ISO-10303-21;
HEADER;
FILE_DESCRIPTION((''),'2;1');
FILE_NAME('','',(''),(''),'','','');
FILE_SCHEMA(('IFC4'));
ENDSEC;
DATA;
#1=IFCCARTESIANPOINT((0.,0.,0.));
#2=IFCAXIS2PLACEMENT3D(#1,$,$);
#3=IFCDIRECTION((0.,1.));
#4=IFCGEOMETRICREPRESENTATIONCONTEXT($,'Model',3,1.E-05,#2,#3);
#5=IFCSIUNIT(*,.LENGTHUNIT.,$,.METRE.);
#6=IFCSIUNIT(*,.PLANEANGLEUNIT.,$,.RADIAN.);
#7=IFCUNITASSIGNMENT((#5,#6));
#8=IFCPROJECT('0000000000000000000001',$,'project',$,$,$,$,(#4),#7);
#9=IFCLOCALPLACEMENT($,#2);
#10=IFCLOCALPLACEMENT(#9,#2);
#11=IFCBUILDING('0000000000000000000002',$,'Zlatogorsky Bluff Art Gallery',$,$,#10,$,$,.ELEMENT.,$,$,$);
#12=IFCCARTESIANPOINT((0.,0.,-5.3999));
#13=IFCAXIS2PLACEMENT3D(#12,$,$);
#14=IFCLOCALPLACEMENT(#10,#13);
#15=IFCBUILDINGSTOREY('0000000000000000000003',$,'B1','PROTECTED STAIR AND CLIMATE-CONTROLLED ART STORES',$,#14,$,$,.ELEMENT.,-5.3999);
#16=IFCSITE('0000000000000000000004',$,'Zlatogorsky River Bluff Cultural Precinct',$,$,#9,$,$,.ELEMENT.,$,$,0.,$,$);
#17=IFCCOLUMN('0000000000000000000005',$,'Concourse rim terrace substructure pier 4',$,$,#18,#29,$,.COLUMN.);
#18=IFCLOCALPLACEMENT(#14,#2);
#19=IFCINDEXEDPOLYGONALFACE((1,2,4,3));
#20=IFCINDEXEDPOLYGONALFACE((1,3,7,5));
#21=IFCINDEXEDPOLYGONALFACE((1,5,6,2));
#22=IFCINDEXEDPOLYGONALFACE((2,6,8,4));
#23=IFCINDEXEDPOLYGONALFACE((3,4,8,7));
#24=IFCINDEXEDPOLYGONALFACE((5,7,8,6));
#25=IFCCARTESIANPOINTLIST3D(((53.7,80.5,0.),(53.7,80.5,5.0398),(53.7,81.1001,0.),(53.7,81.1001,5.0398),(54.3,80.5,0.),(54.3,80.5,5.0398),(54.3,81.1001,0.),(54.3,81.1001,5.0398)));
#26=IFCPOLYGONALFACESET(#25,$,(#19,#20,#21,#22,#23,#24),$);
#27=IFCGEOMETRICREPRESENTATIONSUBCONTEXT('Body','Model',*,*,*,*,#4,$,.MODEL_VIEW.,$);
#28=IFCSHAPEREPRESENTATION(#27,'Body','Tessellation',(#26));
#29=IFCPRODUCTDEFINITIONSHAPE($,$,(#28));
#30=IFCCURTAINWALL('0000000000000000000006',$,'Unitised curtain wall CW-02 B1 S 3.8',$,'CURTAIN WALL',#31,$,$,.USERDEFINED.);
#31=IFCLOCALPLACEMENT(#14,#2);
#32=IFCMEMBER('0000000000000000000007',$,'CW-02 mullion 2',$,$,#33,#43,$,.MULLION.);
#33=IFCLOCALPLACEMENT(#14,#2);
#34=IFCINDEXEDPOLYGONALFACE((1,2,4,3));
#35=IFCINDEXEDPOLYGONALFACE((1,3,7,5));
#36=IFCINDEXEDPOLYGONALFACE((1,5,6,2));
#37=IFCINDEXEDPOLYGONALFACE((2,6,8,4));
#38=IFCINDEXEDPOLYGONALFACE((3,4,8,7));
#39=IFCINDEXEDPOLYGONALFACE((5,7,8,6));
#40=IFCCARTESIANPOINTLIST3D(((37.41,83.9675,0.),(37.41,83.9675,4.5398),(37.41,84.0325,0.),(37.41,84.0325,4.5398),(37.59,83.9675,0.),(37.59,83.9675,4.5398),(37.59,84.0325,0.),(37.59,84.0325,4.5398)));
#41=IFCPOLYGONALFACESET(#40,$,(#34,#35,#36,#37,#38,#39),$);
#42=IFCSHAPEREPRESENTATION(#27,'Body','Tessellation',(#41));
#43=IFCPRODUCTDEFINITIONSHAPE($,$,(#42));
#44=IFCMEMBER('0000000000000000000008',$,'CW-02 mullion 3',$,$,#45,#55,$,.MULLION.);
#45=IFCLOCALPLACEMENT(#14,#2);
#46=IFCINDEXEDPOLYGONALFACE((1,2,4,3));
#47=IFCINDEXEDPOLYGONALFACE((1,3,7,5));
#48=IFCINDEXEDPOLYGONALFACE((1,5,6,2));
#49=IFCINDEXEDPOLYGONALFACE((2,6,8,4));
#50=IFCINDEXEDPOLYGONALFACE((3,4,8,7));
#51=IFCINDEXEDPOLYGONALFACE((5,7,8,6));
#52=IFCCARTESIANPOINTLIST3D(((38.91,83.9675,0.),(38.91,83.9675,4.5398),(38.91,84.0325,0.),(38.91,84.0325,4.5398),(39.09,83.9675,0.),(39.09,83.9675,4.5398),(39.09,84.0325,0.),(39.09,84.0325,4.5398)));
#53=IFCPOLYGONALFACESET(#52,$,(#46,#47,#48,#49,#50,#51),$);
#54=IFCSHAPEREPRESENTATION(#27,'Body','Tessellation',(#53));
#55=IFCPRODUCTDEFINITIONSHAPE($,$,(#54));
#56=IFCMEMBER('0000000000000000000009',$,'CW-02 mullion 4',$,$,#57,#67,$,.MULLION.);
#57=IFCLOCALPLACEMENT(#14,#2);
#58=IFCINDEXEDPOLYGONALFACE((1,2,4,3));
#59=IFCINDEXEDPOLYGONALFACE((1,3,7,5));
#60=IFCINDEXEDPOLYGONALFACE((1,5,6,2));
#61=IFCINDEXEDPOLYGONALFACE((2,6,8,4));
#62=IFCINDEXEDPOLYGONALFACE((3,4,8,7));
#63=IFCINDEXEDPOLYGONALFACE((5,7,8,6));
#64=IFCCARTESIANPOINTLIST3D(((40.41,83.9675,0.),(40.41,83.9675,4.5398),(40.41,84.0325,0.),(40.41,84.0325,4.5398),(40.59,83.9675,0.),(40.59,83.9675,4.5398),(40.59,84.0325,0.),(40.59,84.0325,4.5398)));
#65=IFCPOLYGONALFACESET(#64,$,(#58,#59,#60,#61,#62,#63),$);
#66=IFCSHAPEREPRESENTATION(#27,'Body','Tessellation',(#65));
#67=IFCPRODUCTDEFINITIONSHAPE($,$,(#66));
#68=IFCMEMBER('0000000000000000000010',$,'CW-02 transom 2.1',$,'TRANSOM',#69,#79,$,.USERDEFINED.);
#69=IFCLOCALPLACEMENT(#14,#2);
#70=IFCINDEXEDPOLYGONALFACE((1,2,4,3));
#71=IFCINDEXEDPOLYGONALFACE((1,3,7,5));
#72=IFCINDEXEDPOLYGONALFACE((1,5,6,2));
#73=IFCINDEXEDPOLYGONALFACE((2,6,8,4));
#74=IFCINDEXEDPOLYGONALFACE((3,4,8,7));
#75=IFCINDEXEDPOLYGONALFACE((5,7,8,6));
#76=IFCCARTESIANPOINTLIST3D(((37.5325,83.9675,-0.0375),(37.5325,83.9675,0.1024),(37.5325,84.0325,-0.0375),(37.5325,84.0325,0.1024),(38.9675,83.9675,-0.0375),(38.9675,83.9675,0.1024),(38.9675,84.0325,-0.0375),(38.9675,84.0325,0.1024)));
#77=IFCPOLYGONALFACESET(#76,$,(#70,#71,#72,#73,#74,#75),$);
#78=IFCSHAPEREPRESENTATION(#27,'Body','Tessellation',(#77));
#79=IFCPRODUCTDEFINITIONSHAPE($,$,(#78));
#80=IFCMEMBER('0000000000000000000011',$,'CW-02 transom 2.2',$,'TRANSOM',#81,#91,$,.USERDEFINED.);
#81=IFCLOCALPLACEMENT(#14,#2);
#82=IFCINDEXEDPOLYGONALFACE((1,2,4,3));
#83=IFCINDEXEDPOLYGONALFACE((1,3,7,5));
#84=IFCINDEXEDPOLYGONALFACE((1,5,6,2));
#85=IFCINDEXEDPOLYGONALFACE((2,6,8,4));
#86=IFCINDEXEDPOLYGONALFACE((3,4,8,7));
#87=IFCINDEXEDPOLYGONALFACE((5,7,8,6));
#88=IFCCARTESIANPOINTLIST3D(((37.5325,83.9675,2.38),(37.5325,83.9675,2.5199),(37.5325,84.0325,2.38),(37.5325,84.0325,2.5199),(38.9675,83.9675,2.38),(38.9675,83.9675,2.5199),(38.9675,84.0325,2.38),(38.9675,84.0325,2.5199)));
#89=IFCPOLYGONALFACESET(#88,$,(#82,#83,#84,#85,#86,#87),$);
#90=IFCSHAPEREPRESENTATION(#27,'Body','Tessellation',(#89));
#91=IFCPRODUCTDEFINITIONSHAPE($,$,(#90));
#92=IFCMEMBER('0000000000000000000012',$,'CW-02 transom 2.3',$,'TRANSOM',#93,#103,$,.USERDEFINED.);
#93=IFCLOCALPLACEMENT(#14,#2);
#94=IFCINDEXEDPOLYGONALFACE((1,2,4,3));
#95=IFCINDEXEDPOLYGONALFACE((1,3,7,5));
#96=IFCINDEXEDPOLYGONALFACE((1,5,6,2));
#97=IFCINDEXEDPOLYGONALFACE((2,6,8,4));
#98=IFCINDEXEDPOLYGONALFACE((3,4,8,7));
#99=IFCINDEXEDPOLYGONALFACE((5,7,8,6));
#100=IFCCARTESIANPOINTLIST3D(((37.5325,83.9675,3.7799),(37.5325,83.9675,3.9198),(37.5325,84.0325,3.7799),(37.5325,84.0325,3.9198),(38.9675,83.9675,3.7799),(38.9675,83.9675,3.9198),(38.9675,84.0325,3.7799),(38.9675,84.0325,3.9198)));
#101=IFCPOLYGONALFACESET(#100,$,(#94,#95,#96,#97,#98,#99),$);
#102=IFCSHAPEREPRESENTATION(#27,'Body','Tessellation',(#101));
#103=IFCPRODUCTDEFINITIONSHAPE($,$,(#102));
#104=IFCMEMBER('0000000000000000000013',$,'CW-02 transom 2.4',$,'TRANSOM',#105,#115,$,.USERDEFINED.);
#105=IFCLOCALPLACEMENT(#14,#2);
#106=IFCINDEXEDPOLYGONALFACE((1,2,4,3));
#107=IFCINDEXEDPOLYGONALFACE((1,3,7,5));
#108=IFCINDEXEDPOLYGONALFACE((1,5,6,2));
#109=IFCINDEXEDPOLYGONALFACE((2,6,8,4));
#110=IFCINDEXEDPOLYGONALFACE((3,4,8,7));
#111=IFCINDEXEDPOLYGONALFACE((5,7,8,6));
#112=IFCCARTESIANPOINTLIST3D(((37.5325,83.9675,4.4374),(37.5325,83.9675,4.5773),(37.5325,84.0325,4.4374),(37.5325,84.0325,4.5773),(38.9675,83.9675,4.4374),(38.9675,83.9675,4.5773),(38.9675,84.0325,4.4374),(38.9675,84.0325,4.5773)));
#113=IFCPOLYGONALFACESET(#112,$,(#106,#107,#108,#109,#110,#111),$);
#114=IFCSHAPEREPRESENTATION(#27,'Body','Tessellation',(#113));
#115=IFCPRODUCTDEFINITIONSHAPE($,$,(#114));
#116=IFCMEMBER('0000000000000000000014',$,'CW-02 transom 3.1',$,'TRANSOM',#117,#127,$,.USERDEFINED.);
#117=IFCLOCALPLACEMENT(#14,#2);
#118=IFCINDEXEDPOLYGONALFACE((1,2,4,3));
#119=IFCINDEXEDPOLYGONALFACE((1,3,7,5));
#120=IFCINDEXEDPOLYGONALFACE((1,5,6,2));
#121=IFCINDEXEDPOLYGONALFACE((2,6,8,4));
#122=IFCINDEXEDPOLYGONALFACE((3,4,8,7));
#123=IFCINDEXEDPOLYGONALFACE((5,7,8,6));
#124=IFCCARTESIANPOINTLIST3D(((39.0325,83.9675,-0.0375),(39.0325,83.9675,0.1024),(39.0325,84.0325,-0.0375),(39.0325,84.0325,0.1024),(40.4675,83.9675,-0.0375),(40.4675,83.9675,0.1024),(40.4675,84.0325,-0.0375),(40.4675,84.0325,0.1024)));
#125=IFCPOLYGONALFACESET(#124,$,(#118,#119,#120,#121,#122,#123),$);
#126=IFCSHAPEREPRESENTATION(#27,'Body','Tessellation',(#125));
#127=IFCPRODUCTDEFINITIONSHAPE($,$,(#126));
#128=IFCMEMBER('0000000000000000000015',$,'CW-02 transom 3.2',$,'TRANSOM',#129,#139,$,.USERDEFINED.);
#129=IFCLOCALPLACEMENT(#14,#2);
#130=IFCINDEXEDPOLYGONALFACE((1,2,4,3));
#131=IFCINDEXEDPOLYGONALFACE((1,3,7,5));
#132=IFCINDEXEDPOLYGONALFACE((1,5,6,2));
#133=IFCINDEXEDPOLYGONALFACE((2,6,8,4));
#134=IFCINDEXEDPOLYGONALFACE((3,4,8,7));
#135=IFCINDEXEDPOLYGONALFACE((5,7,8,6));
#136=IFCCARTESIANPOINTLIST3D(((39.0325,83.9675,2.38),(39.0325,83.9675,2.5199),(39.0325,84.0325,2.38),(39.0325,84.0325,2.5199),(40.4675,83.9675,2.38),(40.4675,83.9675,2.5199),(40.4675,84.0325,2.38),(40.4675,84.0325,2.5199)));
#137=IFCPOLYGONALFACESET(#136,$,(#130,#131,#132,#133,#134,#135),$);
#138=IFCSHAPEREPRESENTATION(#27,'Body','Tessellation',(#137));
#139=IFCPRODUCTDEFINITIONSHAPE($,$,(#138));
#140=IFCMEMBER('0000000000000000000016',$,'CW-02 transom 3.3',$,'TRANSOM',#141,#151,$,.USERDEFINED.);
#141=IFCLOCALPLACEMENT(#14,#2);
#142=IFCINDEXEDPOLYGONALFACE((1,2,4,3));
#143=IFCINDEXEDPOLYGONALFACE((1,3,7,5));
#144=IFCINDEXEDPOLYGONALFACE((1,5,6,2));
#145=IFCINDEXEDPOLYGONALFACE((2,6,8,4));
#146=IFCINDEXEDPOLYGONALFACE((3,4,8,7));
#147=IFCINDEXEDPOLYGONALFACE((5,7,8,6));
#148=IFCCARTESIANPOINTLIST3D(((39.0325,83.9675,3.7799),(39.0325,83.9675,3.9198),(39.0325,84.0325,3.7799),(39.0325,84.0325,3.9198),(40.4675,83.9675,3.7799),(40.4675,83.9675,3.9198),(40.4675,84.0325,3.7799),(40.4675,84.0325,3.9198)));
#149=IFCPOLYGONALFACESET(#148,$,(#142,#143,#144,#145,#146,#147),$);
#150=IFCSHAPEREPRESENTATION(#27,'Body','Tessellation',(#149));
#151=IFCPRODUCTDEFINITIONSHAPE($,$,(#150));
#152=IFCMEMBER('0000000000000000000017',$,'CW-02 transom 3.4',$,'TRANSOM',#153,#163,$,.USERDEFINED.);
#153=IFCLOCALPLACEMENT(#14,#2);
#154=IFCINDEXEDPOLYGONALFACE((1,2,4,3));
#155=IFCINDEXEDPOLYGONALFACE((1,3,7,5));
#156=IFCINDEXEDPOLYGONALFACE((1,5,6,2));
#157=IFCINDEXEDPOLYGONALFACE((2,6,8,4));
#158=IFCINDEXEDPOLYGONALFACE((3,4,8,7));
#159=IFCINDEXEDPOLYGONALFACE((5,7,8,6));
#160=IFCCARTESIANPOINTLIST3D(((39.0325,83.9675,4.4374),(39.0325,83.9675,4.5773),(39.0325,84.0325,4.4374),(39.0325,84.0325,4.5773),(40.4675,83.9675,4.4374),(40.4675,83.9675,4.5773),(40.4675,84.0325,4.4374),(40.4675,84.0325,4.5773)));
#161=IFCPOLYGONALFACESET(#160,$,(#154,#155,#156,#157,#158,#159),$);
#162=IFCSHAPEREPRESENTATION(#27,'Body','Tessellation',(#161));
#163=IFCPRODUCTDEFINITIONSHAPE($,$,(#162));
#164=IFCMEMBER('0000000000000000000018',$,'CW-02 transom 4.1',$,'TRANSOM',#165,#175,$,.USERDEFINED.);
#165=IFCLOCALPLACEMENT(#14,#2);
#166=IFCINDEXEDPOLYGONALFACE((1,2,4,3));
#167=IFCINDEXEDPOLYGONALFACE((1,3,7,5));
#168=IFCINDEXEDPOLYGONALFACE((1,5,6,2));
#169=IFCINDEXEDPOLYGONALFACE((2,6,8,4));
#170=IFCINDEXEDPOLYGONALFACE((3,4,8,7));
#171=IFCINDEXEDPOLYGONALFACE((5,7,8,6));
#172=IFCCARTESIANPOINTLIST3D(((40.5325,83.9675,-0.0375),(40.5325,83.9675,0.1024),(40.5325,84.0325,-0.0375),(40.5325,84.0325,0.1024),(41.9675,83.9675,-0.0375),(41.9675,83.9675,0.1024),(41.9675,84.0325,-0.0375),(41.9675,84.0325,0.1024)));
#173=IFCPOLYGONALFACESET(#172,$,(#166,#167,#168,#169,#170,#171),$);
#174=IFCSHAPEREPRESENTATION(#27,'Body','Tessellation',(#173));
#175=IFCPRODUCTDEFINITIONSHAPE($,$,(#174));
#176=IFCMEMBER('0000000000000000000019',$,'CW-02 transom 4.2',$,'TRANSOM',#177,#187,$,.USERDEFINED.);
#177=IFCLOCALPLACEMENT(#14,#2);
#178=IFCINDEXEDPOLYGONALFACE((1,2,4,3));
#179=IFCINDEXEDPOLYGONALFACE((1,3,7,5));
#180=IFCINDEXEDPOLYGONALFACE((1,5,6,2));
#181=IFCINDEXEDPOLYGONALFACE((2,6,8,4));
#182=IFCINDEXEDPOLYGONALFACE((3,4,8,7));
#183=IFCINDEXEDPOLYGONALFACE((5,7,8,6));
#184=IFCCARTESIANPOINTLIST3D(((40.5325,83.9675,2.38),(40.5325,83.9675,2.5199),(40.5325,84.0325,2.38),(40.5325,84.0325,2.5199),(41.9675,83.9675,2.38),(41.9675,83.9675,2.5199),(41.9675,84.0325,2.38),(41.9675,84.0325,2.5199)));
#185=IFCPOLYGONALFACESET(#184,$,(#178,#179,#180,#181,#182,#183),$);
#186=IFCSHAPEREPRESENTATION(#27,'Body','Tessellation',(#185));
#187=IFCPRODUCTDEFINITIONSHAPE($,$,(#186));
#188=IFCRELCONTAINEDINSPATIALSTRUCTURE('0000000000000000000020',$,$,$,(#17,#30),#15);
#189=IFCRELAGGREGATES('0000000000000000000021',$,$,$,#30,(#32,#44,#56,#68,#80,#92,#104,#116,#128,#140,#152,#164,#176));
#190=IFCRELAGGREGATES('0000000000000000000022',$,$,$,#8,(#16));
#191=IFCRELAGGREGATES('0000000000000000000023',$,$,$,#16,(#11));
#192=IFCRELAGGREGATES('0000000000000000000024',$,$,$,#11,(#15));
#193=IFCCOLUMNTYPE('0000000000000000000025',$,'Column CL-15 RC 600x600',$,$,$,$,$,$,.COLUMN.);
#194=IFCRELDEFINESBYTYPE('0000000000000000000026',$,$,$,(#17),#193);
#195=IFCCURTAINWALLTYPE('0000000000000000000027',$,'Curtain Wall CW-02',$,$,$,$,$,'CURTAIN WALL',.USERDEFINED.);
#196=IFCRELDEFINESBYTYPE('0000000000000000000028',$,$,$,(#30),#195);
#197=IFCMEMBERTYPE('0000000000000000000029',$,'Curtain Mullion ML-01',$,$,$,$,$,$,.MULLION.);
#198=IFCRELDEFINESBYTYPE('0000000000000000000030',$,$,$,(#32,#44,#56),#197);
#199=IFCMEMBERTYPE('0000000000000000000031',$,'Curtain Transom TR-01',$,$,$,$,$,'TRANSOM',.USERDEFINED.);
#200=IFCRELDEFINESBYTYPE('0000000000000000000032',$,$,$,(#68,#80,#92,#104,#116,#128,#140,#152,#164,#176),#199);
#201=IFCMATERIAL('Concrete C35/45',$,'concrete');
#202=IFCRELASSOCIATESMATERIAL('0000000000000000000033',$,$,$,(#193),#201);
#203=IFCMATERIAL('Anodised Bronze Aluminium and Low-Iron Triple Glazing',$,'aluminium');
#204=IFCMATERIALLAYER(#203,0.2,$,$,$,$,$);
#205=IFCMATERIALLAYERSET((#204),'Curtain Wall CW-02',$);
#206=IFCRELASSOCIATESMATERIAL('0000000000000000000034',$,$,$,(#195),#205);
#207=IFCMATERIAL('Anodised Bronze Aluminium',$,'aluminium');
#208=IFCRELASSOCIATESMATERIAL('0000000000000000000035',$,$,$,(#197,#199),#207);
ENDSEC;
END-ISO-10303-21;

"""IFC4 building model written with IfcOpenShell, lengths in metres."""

from ifc_helpers import new_model, si_unit, direction, frame, origin, origin_2d, place, context, subcontext, project, spatial, rectangle, extrude, material, layer, layer_set, material_profile, profile_set, type_object, element, aggregate, save


model = new_model("IFC4")

# Units and contexts
model_context = context("Model", 3, precision=1e-05, world=origin(), true_north=direction((0.0, 1.0)))
body_context = subcontext(model_context, "Body", "Model", "MODEL_VIEW")
ifc_project = project(units=[si_unit("LENGTHUNIT", "METRE"), si_unit("PLANEANGLEUNIT", "RADIAN")], contexts=[model_context])

# Site, building, storey
site_placement = place(None, origin())
site = spatial("IfcSite", under=ifc_project, at=site_placement, Name="Zlatogorsky River Bluff Cultural Precinct", CompositionType="ELEMENT", RefElevation=0.0)
building_placement = place(site_placement, origin())
building = spatial("IfcBuilding", under=site, at=building_placement, Name="Zlatogorsky Bluff Art Gallery", CompositionType="ELEMENT")
storey_placement = place(building_placement, frame((0.0, 0.0, -5.3999)))
storey = spatial("IfcBuildingStorey", under=building, at=storey_placement, Name="B1", Description="PROTECTED STAIR AND CLIMATE-CONTROLLED ART STORES", CompositionType="ELEMENT", Elevation=-5.3999)

# Shared definitions
ifc_material_1 = material(Name="Concrete C35/45", Category="concrete")

# Column
ifc_material_profile_1 = material_profile(ifc_material_1, rectangle(XDim=0.6001, YDim=0.6001, at=origin_2d()), Name="RC 600x600")
ifc_profile_set_1 = profile_set([ifc_material_profile_1], Name="Concrete C35/45")
column_type = type_object("IfcColumnType", Name="Column CL-15 RC 600x600", PredefinedType="COLUMN", material=ifc_profile_set_1)
column_placement = place(storey_placement, frame((54.0, 80.8, 0.0), z_axis=(0.0, 0.0, 1.0), x_axis=(1.0, 0.0, 0.0)))
element("IfcColumn", 1, at=column_placement, inside=storey, type_object=column_type, Name="Concourse rim terrace substructure pier 4", PredefinedType="COLUMN", context=body_context, shape_type="SweptSolid", body=[
    extrude(rectangle(XDim=0.6001, YDim=0.6001, at=origin_2d()), origin(), (0.0, 0.0, 1.0), 5.0398),
])

# Curtain wall, members
ifc_material_2 = material(Name="Anodised Bronze Aluminium and Low-Iron Triple Glazing", Category="aluminium")
ifc_layer_1 = layer(ifc_material_2, 0.2)
ifc_layer_set_1 = layer_set([ifc_layer_1], Name="Curtain Wall CW-02")
curtain_wall_type = type_object("IfcCurtainWallType", Name="Curtain Wall CW-02", ElementType="CURTAIN WALL", PredefinedType="USERDEFINED", material=ifc_layer_set_1)
curtain_wall_placement = place(storey_placement, origin())
curtain_wall = element("IfcCurtainWall", 2, at=curtain_wall_placement, inside=storey, type_object=curtain_wall_type, Name="Unitised curtain wall CW-02 B1 S 3.8", ObjectType="CURTAIN WALL", PredefinedType="USERDEFINED")
ifc_material_3 = material(Name="Anodised Bronze Aluminium", Category="aluminium")
ifc_material_profile_2 = material_profile(ifc_material_3, rectangle(XDim=0.0649, YDim=0.1799, at=origin_2d()), Name="ALU MULLION 65x180")
ifc_profile_set_2 = profile_set([ifc_material_profile_2], Name="Anodised Bronze Aluminium")
member_type_1 = type_object("IfcMemberType", Name="Curtain Mullion ML-01", PredefinedType="MULLION", material=ifc_profile_set_2)
member_1_placement = place(storey_placement, frame((37.5, 84.0, 0.0), z_axis=(0.0, 0.0, 1.0), x_axis=(0.0, 1.0, 0.0)))
member_1 = element("IfcMember", 3, at=member_1_placement, type_object=member_type_1, Name="CW-02 mullion 2", PredefinedType="MULLION", context=body_context, shape_type="SweptSolid", body=[
    extrude(rectangle(XDim=0.0649, YDim=0.1799, at=origin_2d()), origin(), (0.0, 0.0, 1.0), 4.5398),
])
member_2_placement = place(storey_placement, frame((39.0, 84.0, 0.0), z_axis=(0.0, 0.0, 1.0), x_axis=(0.0, 1.0, 0.0)))
member_2 = element("IfcMember", 4, at=member_2_placement, type_object=member_type_1, Name="CW-02 mullion 3", PredefinedType="MULLION", context=body_context, shape_type="SweptSolid", body=[
    extrude(rectangle(XDim=0.0649, YDim=0.1799, at=origin_2d()), origin(), (0.0, 0.0, 1.0), 4.5398),
])
member_3_placement = place(storey_placement, frame((40.5, 84.0, 0.0), z_axis=(0.0, 0.0, 1.0), x_axis=(0.0, 1.0, 0.0)))
member_3 = element("IfcMember", 5, at=member_3_placement, type_object=member_type_1, Name="CW-02 mullion 4", PredefinedType="MULLION", context=body_context, shape_type="SweptSolid", body=[
    extrude(rectangle(XDim=0.0649, YDim=0.1799, at=origin_2d()), origin(), (0.0, 0.0, 1.0), 4.5398),
])
ifc_material_profile_3 = material_profile(ifc_material_3, rectangle(XDim=0.0649, YDim=0.1399, at=origin_2d()), Name="ALU TRANSOM 65x140")
ifc_profile_set_3 = profile_set([ifc_material_profile_3], Name="Anodised Bronze Aluminium")
member_type_2 = type_object("IfcMemberType", Name="Curtain Transom TR-01", ElementType="TRANSOM", PredefinedType="USERDEFINED", material=ifc_profile_set_3)
member_4_placement = place(storey_placement, frame((37.5325, 84.0, 0.0325), z_axis=(1.0, 0.0, 0.0), x_axis=(0.0, 1.0, 0.0)))
member_4 = element("IfcMember", 6, at=member_4_placement, type_object=member_type_2, Name="CW-02 transom 2.1", ObjectType="TRANSOM", PredefinedType="USERDEFINED", context=body_context, shape_type="SweptSolid", body=[
    extrude(rectangle(XDim=0.0649, YDim=0.1399, at=origin_2d()), origin(), (0.0, 0.0, 1.0), 1.4351),
])
member_5_placement = place(storey_placement, frame((37.5325, 84.0, 2.45), z_axis=(1.0, 0.0, 0.0), x_axis=(0.0, 1.0, 0.0)))
member_5 = element("IfcMember", 7, at=member_5_placement, type_object=member_type_2, Name="CW-02 transom 2.2", ObjectType="TRANSOM", PredefinedType="USERDEFINED", context=body_context, shape_type="SweptSolid", body=[
    extrude(rectangle(XDim=0.0649, YDim=0.1399, at=origin_2d()), origin(), (0.0, 0.0, 1.0), 1.4351),
])
member_6_placement = place(storey_placement, frame((37.5325, 84.0, 3.8499), z_axis=(1.0, 0.0, 0.0), x_axis=(0.0, 1.0, 0.0)))
member_6 = element("IfcMember", 8, at=member_6_placement, type_object=member_type_2, Name="CW-02 transom 2.3", ObjectType="TRANSOM", PredefinedType="USERDEFINED", context=body_context, shape_type="SweptSolid", body=[
    extrude(rectangle(XDim=0.0649, YDim=0.1399, at=origin_2d()), origin(), (0.0, 0.0, 1.0), 1.4351),
])
member_7_placement = place(storey_placement, frame((37.5325, 84.0, 4.5073), z_axis=(1.0, 0.0, 0.0), x_axis=(0.0, 1.0, 0.0)))
member_7 = element("IfcMember", 9, at=member_7_placement, type_object=member_type_2, Name="CW-02 transom 2.4", ObjectType="TRANSOM", PredefinedType="USERDEFINED", context=body_context, shape_type="SweptSolid", body=[
    extrude(rectangle(XDim=0.0649, YDim=0.1399, at=origin_2d()), origin(), (0.0, 0.0, 1.0), 1.4351),
])
member_8_placement = place(storey_placement, frame((39.0325, 84.0, 0.0325), z_axis=(1.0, 0.0, 0.0), x_axis=(0.0, 1.0, 0.0)))
member_8 = element("IfcMember", 10, at=member_8_placement, type_object=member_type_2, Name="CW-02 transom 3.1", ObjectType="TRANSOM", PredefinedType="USERDEFINED", context=body_context, shape_type="SweptSolid", body=[
    extrude(rectangle(XDim=0.0649, YDim=0.1399, at=origin_2d()), origin(), (0.0, 0.0, 1.0), 1.4351),
])
member_9_placement = place(storey_placement, frame((39.0325, 84.0, 2.45), z_axis=(1.0, 0.0, 0.0), x_axis=(0.0, 1.0, 0.0)))
member_9 = element("IfcMember", 11, at=member_9_placement, type_object=member_type_2, Name="CW-02 transom 3.2", ObjectType="TRANSOM", PredefinedType="USERDEFINED", context=body_context, shape_type="SweptSolid", body=[
    extrude(rectangle(XDim=0.0649, YDim=0.1399, at=origin_2d()), origin(), (0.0, 0.0, 1.0), 1.4351),
])
member_10_placement = place(storey_placement, frame((39.0325, 84.0, 3.8499), z_axis=(1.0, 0.0, 0.0), x_axis=(0.0, 1.0, 0.0)))
member_10 = element("IfcMember", 12, at=member_10_placement, type_object=member_type_2, Name="CW-02 transom 3.3", ObjectType="TRANSOM", PredefinedType="USERDEFINED", context=body_context, shape_type="SweptSolid", body=[
    extrude(rectangle(XDim=0.0649, YDim=0.1399, at=origin_2d()), origin(), (0.0, 0.0, 1.0), 1.4351),
])
member_11_placement = place(storey_placement, frame((39.0325, 84.0, 4.5073), z_axis=(1.0, 0.0, 0.0), x_axis=(0.0, 1.0, 0.0)))
member_11 = element("IfcMember", 13, at=member_11_placement, type_object=member_type_2, Name="CW-02 transom 3.4", ObjectType="TRANSOM", PredefinedType="USERDEFINED", context=body_context, shape_type="SweptSolid", body=[
    extrude(rectangle(XDim=0.0649, YDim=0.1399, at=origin_2d()), origin(), (0.0, 0.0, 1.0), 1.4351),
])
member_12_placement = place(storey_placement, frame((40.5325, 84.0, 0.0325), z_axis=(1.0, 0.0, 0.0), x_axis=(0.0, 1.0, 0.0)))
member_12 = element("IfcMember", 14, at=member_12_placement, type_object=member_type_2, Name="CW-02 transom 4.1", ObjectType="TRANSOM", PredefinedType="USERDEFINED", context=body_context, shape_type="SweptSolid", body=[
    extrude(rectangle(XDim=0.0649, YDim=0.1399, at=origin_2d()), origin(), (0.0, 0.0, 1.0), 1.4351),
])
member_13_placement = place(storey_placement, frame((40.5325, 84.0, 2.45), z_axis=(1.0, 0.0, 0.0), x_axis=(0.0, 1.0, 0.0)))
member_13 = element("IfcMember", 15, at=member_13_placement, type_object=member_type_2, Name="CW-02 transom 4.2", ObjectType="TRANSOM", PredefinedType="USERDEFINED", context=body_context, shape_type="SweptSolid", body=[
    extrude(rectangle(XDim=0.0649, YDim=0.1399, at=origin_2d()), origin(), (0.0, 0.0, 1.0), 1.4351),
])
aggregate(curtain_wall, [member_1, member_2, member_3, member_4, member_5, member_6, member_7, member_8, member_9, member_10, member_11, member_12, member_13])

save(model, "model.ifc")
